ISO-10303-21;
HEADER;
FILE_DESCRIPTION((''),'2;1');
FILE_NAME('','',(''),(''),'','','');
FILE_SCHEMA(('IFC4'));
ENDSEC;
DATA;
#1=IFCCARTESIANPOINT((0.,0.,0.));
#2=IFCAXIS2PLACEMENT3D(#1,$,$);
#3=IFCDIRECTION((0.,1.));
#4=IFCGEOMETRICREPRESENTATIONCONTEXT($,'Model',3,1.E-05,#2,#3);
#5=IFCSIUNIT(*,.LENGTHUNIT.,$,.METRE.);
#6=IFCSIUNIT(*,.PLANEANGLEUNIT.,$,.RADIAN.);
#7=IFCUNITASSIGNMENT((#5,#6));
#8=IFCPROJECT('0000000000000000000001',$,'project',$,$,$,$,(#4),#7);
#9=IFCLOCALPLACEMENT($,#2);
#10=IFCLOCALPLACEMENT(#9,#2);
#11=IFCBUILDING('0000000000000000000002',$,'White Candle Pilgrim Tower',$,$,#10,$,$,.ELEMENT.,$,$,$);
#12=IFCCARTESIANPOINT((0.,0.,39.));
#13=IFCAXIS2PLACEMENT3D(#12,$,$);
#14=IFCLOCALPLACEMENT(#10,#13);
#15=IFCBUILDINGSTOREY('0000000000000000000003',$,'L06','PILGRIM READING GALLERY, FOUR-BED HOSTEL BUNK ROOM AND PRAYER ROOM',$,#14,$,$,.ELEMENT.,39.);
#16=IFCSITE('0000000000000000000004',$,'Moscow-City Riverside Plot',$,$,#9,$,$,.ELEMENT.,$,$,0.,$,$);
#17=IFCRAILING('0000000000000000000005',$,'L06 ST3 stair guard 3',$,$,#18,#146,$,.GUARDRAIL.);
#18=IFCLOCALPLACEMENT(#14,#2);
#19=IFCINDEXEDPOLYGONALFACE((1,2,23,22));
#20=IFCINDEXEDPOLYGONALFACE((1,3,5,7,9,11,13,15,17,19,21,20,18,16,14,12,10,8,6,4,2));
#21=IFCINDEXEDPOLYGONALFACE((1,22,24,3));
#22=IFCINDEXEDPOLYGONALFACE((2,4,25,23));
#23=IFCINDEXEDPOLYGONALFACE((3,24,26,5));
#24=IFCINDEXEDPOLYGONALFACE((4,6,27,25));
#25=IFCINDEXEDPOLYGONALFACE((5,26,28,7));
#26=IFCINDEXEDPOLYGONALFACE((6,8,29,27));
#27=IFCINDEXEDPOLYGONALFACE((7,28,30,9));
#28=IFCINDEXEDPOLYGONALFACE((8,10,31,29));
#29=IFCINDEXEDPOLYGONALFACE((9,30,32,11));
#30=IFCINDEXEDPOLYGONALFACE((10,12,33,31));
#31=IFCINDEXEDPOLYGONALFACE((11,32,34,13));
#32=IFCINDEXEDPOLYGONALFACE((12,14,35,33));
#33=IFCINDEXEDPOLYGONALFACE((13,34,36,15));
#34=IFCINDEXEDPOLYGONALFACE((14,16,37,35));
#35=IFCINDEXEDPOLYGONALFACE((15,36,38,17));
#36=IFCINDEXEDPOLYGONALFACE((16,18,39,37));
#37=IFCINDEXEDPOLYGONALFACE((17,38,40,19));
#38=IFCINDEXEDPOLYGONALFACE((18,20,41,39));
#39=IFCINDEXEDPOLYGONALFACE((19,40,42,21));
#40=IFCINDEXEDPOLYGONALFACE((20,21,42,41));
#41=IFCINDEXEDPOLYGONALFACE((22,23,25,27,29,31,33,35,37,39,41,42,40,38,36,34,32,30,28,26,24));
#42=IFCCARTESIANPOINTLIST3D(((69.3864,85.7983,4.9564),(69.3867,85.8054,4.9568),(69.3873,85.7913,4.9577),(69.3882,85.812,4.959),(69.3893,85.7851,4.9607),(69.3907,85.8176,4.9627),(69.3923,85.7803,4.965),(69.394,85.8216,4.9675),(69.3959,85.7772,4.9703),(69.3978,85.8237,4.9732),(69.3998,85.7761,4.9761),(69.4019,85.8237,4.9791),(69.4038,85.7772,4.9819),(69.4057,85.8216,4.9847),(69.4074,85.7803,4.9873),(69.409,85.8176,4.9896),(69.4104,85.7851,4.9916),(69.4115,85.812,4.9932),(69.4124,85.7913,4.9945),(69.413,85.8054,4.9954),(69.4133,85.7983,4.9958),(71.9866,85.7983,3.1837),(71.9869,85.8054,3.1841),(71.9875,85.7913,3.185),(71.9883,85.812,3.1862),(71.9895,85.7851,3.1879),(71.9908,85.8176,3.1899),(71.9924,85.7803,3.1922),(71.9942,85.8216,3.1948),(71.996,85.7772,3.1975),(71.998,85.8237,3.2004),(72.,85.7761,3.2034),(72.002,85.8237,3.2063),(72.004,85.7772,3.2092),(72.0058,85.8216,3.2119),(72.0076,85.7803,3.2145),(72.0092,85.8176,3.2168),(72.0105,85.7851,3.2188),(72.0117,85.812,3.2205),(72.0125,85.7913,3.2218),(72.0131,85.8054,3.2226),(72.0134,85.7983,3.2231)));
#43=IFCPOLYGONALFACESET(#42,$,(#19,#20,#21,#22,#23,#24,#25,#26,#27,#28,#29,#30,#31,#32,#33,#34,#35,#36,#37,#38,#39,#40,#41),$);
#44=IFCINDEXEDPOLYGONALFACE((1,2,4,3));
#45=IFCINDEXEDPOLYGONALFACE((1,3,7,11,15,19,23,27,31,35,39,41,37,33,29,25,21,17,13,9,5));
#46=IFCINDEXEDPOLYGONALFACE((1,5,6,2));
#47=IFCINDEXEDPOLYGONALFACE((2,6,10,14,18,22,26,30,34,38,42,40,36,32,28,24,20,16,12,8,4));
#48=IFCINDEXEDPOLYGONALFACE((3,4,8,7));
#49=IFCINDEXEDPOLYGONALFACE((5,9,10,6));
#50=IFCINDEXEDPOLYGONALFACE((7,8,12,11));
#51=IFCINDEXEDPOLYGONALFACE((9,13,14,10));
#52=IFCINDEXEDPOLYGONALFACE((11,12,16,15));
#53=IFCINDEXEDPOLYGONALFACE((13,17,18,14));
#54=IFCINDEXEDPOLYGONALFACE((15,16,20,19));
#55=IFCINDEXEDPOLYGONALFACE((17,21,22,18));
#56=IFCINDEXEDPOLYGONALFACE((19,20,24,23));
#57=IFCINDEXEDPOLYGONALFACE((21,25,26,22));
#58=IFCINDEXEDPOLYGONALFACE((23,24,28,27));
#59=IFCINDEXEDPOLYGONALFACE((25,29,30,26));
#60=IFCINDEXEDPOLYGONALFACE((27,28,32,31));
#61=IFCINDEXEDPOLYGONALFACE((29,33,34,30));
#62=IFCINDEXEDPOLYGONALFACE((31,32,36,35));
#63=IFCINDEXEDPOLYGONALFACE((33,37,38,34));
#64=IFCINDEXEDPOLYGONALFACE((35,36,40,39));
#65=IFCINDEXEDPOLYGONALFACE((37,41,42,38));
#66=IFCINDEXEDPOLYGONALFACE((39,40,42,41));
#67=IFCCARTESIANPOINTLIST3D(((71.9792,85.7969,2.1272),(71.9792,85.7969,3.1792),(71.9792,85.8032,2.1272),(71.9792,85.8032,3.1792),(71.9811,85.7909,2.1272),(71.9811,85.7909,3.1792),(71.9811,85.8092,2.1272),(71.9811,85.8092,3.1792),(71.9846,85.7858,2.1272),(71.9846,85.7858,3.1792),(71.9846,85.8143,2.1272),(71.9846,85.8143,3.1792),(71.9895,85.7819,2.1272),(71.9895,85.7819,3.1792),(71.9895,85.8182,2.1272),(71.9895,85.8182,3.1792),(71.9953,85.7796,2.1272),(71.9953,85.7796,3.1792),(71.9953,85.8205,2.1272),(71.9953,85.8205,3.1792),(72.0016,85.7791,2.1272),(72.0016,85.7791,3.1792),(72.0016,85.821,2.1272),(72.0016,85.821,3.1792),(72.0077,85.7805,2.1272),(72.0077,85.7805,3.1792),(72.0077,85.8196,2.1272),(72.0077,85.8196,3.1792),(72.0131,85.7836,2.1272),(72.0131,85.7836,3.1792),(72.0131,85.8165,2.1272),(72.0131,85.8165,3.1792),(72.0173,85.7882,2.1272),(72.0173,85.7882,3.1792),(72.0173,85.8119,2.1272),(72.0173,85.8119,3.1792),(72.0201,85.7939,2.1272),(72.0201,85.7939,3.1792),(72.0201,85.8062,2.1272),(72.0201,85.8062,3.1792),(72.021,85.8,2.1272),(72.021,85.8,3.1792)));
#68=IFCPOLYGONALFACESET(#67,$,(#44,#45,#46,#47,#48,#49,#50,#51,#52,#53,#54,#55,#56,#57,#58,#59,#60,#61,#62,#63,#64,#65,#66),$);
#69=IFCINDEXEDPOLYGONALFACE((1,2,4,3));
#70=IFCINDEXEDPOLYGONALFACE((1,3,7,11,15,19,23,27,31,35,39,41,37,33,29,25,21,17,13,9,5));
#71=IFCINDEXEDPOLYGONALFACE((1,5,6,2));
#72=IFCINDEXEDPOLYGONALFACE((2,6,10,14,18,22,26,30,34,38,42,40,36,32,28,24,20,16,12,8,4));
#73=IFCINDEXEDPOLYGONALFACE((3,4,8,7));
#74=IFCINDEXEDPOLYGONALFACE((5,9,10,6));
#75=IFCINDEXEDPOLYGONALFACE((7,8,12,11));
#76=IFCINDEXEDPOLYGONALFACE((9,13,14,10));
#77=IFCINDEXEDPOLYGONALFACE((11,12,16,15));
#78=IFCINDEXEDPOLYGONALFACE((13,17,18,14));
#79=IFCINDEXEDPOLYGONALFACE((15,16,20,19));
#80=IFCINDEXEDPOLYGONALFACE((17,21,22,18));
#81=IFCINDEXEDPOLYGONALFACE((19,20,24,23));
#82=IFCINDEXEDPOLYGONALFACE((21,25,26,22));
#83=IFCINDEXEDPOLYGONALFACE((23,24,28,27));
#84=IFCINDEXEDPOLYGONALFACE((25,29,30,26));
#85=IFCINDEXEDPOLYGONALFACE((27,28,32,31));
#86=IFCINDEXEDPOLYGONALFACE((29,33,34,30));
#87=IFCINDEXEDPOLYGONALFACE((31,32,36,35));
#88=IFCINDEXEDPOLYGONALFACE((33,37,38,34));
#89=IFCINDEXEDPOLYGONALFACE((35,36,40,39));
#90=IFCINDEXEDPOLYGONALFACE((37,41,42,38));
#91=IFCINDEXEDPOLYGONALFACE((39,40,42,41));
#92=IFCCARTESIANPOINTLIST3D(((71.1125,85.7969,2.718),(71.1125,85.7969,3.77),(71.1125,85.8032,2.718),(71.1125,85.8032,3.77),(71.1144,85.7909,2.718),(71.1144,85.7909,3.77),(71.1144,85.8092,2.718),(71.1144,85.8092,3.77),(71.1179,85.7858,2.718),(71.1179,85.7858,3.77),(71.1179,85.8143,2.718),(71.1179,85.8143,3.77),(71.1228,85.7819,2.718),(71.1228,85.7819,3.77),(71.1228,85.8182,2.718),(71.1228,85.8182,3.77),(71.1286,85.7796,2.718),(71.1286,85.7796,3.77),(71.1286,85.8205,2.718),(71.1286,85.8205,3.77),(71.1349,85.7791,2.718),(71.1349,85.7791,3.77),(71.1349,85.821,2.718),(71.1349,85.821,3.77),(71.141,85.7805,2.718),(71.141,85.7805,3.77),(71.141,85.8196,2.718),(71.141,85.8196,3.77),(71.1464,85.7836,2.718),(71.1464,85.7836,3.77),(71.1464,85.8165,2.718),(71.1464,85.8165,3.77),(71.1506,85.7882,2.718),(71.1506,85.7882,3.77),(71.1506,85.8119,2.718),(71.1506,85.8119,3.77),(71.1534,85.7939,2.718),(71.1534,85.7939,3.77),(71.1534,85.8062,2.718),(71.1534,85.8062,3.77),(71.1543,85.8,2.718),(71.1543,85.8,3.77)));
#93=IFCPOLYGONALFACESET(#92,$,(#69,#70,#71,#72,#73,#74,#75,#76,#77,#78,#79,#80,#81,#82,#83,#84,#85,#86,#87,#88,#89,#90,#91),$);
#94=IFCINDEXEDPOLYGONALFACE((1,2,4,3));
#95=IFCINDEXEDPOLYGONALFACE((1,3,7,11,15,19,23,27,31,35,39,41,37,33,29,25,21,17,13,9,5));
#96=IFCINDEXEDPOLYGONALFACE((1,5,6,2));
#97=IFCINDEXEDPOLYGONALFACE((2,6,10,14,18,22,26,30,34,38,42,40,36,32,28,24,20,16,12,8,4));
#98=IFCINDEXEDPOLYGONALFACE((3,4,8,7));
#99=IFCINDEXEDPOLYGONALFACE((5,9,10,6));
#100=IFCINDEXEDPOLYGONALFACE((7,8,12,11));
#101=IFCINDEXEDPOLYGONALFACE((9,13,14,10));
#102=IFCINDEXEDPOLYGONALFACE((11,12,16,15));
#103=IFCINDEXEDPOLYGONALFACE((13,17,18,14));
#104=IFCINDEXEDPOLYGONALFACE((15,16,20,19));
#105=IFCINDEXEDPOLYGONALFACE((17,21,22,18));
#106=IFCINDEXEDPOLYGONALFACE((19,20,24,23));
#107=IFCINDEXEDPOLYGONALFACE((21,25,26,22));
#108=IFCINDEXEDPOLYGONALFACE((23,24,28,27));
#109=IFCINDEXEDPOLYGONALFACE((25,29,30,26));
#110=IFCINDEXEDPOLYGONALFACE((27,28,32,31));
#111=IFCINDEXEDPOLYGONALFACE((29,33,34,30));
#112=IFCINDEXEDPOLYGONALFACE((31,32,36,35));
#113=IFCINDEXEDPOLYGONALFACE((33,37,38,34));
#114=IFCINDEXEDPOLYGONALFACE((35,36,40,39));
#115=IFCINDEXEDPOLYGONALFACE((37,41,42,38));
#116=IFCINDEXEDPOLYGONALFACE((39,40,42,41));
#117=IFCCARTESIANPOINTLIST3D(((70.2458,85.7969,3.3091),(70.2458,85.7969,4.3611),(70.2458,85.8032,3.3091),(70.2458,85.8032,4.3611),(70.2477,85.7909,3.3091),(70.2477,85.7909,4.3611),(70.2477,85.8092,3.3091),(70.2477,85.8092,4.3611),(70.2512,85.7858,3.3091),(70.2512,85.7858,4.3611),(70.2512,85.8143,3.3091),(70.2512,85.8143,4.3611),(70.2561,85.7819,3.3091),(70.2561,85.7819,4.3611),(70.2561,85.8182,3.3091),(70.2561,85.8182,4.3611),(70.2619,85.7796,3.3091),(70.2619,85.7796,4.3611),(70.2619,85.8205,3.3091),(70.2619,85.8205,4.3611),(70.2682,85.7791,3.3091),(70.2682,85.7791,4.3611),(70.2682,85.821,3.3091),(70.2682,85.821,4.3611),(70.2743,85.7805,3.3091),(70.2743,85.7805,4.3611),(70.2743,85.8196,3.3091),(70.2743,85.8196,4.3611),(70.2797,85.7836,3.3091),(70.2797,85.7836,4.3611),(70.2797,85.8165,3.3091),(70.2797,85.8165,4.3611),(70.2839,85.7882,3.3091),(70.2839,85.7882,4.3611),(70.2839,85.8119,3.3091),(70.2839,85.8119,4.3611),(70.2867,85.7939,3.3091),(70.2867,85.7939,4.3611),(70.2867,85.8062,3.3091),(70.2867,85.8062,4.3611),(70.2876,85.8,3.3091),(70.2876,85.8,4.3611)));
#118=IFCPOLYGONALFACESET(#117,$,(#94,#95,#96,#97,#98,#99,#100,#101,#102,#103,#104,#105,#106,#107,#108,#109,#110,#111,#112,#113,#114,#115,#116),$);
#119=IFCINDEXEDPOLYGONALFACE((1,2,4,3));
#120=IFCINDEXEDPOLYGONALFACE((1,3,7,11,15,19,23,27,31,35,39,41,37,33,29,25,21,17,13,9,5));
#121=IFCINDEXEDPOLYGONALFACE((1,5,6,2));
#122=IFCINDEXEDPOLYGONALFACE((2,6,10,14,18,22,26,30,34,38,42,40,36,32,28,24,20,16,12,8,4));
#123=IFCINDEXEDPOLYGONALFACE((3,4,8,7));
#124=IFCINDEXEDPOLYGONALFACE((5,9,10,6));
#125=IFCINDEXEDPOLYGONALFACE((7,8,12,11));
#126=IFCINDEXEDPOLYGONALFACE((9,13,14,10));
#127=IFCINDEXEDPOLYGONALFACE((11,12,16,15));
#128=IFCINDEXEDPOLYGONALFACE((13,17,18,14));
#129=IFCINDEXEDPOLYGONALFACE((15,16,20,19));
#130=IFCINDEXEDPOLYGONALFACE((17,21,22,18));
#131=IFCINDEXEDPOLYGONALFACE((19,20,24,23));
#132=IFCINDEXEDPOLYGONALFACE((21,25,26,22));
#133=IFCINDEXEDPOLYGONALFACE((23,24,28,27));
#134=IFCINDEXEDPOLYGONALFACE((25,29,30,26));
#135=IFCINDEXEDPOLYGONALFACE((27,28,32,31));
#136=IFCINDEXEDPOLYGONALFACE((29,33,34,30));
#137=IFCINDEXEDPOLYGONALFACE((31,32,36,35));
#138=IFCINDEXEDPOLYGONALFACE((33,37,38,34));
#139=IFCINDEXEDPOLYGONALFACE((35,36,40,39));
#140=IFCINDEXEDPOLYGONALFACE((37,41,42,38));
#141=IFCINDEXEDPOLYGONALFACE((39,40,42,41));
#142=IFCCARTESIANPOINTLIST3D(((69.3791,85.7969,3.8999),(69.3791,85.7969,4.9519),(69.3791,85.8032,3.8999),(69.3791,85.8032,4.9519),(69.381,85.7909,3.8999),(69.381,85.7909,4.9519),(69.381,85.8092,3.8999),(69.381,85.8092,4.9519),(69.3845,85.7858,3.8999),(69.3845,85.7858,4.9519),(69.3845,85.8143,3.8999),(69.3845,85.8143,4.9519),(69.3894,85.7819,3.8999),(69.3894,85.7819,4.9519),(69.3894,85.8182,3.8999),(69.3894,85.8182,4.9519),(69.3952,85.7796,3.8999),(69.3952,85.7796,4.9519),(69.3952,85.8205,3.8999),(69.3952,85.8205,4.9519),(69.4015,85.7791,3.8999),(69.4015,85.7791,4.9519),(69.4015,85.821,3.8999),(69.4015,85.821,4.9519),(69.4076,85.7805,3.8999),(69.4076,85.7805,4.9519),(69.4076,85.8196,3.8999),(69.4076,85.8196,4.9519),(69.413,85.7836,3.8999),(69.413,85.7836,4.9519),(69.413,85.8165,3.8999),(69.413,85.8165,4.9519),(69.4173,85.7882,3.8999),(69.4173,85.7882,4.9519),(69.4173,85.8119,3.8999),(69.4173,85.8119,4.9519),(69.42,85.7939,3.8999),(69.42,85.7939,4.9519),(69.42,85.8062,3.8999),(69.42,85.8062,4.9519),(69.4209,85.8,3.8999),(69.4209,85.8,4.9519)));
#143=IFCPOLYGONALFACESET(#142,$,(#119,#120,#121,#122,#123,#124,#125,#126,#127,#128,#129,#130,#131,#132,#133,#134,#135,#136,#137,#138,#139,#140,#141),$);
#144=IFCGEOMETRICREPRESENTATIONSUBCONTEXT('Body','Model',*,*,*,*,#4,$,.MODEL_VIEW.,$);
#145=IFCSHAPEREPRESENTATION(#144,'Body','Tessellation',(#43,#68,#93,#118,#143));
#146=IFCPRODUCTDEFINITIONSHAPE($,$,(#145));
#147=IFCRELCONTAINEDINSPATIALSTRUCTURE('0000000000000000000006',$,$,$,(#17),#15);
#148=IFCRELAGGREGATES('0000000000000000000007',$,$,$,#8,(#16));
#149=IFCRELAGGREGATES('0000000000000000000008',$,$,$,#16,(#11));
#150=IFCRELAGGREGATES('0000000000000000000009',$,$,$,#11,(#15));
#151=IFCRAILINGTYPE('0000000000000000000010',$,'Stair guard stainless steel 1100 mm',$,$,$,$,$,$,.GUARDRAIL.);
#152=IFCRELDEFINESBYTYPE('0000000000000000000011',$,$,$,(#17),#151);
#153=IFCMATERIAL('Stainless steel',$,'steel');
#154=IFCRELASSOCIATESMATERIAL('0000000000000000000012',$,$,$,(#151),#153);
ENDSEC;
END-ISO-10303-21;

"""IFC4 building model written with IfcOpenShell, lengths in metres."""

from ifc_helpers import new_model, si_unit, direction, frame, origin, origin_2d, place, context, subcontext, project, spatial, circle, extrude, material, type_object, element, save


model = new_model("IFC4")

# Units and contexts
model_context = context("Model", 3, precision=1e-05, world=origin(), true_north=direction((0.0, 1.0)))
body_context = subcontext(model_context, "Body", "Model", "MODEL_VIEW")
ifc_project = project(units=[si_unit("LENGTHUNIT", "METRE"), si_unit("PLANEANGLEUNIT", "RADIAN")], contexts=[model_context])

# Site, building, storey
site_placement = place(None, origin())
site = spatial("IfcSite", under=ifc_project, at=site_placement, Name="Moscow-City Riverside Plot", CompositionType="ELEMENT", RefElevation=0.0)
building_placement = place(site_placement, origin())
building = spatial("IfcBuilding", under=site, at=building_placement, Name="White Candle Pilgrim Tower", CompositionType="ELEMENT")
storey_placement = place(building_placement, frame((0.0, 0.0, 39.0)))
storey = spatial("IfcBuildingStorey", under=building, at=storey_placement, Name="L06", Description="PILGRIM READING GALLERY, FOUR-BED HOSTEL BUNK ROOM AND PRAYER ROOM", CompositionType="ELEMENT", Elevation=39.0)

# Railing
ifc_material_1 = material(Name="Stainless steel", Category="steel")
railing_type_1 = type_object("IfcRailingType", Name="Stair guard stainless steel 1100 mm", PredefinedType="GUARDRAIL", material=ifc_material_1)
railing_1_placement = place(storey_placement, frame((72.0, 85.8, 2.1272)))
element("IfcRailing", 1, at=railing_1_placement, inside=storey, type_object=railing_type_1, Name="L06 ST3 stair guard 3", PredefinedType="GUARDRAIL", context=body_context, shape_type="SweptSolid", body=[
    extrude(circle(Radius=0.0239, at=origin_2d()), frame((0.0, 0.0, 1.0762), z_axis=(-0.82624, 0.0, 0.563318), x_axis=(0.0, -1.0, 0.0)), (0.0, 0.0, 1.0), 3.147),
    extrude(circle(Radius=0.021, at=origin_2d()), origin(), (0.0, 0.0, 1.0), 1.052),
    extrude(circle(Radius=0.021, at=origin_2d()), frame((-0.8667, 0.0, 0.5908)), (0.0, 0.0, 1.0), 1.052),
    extrude(circle(Radius=0.021, at=origin_2d()), frame((-1.7334, 0.0, 1.1819)), (0.0, 0.0, 1.0), 1.052),
    extrude(circle(Radius=0.021, at=origin_2d()), frame((-2.6001, 0.0, 1.7727)), (0.0, 0.0, 1.0), 1.052),
])

save(model, "model.ifc")
